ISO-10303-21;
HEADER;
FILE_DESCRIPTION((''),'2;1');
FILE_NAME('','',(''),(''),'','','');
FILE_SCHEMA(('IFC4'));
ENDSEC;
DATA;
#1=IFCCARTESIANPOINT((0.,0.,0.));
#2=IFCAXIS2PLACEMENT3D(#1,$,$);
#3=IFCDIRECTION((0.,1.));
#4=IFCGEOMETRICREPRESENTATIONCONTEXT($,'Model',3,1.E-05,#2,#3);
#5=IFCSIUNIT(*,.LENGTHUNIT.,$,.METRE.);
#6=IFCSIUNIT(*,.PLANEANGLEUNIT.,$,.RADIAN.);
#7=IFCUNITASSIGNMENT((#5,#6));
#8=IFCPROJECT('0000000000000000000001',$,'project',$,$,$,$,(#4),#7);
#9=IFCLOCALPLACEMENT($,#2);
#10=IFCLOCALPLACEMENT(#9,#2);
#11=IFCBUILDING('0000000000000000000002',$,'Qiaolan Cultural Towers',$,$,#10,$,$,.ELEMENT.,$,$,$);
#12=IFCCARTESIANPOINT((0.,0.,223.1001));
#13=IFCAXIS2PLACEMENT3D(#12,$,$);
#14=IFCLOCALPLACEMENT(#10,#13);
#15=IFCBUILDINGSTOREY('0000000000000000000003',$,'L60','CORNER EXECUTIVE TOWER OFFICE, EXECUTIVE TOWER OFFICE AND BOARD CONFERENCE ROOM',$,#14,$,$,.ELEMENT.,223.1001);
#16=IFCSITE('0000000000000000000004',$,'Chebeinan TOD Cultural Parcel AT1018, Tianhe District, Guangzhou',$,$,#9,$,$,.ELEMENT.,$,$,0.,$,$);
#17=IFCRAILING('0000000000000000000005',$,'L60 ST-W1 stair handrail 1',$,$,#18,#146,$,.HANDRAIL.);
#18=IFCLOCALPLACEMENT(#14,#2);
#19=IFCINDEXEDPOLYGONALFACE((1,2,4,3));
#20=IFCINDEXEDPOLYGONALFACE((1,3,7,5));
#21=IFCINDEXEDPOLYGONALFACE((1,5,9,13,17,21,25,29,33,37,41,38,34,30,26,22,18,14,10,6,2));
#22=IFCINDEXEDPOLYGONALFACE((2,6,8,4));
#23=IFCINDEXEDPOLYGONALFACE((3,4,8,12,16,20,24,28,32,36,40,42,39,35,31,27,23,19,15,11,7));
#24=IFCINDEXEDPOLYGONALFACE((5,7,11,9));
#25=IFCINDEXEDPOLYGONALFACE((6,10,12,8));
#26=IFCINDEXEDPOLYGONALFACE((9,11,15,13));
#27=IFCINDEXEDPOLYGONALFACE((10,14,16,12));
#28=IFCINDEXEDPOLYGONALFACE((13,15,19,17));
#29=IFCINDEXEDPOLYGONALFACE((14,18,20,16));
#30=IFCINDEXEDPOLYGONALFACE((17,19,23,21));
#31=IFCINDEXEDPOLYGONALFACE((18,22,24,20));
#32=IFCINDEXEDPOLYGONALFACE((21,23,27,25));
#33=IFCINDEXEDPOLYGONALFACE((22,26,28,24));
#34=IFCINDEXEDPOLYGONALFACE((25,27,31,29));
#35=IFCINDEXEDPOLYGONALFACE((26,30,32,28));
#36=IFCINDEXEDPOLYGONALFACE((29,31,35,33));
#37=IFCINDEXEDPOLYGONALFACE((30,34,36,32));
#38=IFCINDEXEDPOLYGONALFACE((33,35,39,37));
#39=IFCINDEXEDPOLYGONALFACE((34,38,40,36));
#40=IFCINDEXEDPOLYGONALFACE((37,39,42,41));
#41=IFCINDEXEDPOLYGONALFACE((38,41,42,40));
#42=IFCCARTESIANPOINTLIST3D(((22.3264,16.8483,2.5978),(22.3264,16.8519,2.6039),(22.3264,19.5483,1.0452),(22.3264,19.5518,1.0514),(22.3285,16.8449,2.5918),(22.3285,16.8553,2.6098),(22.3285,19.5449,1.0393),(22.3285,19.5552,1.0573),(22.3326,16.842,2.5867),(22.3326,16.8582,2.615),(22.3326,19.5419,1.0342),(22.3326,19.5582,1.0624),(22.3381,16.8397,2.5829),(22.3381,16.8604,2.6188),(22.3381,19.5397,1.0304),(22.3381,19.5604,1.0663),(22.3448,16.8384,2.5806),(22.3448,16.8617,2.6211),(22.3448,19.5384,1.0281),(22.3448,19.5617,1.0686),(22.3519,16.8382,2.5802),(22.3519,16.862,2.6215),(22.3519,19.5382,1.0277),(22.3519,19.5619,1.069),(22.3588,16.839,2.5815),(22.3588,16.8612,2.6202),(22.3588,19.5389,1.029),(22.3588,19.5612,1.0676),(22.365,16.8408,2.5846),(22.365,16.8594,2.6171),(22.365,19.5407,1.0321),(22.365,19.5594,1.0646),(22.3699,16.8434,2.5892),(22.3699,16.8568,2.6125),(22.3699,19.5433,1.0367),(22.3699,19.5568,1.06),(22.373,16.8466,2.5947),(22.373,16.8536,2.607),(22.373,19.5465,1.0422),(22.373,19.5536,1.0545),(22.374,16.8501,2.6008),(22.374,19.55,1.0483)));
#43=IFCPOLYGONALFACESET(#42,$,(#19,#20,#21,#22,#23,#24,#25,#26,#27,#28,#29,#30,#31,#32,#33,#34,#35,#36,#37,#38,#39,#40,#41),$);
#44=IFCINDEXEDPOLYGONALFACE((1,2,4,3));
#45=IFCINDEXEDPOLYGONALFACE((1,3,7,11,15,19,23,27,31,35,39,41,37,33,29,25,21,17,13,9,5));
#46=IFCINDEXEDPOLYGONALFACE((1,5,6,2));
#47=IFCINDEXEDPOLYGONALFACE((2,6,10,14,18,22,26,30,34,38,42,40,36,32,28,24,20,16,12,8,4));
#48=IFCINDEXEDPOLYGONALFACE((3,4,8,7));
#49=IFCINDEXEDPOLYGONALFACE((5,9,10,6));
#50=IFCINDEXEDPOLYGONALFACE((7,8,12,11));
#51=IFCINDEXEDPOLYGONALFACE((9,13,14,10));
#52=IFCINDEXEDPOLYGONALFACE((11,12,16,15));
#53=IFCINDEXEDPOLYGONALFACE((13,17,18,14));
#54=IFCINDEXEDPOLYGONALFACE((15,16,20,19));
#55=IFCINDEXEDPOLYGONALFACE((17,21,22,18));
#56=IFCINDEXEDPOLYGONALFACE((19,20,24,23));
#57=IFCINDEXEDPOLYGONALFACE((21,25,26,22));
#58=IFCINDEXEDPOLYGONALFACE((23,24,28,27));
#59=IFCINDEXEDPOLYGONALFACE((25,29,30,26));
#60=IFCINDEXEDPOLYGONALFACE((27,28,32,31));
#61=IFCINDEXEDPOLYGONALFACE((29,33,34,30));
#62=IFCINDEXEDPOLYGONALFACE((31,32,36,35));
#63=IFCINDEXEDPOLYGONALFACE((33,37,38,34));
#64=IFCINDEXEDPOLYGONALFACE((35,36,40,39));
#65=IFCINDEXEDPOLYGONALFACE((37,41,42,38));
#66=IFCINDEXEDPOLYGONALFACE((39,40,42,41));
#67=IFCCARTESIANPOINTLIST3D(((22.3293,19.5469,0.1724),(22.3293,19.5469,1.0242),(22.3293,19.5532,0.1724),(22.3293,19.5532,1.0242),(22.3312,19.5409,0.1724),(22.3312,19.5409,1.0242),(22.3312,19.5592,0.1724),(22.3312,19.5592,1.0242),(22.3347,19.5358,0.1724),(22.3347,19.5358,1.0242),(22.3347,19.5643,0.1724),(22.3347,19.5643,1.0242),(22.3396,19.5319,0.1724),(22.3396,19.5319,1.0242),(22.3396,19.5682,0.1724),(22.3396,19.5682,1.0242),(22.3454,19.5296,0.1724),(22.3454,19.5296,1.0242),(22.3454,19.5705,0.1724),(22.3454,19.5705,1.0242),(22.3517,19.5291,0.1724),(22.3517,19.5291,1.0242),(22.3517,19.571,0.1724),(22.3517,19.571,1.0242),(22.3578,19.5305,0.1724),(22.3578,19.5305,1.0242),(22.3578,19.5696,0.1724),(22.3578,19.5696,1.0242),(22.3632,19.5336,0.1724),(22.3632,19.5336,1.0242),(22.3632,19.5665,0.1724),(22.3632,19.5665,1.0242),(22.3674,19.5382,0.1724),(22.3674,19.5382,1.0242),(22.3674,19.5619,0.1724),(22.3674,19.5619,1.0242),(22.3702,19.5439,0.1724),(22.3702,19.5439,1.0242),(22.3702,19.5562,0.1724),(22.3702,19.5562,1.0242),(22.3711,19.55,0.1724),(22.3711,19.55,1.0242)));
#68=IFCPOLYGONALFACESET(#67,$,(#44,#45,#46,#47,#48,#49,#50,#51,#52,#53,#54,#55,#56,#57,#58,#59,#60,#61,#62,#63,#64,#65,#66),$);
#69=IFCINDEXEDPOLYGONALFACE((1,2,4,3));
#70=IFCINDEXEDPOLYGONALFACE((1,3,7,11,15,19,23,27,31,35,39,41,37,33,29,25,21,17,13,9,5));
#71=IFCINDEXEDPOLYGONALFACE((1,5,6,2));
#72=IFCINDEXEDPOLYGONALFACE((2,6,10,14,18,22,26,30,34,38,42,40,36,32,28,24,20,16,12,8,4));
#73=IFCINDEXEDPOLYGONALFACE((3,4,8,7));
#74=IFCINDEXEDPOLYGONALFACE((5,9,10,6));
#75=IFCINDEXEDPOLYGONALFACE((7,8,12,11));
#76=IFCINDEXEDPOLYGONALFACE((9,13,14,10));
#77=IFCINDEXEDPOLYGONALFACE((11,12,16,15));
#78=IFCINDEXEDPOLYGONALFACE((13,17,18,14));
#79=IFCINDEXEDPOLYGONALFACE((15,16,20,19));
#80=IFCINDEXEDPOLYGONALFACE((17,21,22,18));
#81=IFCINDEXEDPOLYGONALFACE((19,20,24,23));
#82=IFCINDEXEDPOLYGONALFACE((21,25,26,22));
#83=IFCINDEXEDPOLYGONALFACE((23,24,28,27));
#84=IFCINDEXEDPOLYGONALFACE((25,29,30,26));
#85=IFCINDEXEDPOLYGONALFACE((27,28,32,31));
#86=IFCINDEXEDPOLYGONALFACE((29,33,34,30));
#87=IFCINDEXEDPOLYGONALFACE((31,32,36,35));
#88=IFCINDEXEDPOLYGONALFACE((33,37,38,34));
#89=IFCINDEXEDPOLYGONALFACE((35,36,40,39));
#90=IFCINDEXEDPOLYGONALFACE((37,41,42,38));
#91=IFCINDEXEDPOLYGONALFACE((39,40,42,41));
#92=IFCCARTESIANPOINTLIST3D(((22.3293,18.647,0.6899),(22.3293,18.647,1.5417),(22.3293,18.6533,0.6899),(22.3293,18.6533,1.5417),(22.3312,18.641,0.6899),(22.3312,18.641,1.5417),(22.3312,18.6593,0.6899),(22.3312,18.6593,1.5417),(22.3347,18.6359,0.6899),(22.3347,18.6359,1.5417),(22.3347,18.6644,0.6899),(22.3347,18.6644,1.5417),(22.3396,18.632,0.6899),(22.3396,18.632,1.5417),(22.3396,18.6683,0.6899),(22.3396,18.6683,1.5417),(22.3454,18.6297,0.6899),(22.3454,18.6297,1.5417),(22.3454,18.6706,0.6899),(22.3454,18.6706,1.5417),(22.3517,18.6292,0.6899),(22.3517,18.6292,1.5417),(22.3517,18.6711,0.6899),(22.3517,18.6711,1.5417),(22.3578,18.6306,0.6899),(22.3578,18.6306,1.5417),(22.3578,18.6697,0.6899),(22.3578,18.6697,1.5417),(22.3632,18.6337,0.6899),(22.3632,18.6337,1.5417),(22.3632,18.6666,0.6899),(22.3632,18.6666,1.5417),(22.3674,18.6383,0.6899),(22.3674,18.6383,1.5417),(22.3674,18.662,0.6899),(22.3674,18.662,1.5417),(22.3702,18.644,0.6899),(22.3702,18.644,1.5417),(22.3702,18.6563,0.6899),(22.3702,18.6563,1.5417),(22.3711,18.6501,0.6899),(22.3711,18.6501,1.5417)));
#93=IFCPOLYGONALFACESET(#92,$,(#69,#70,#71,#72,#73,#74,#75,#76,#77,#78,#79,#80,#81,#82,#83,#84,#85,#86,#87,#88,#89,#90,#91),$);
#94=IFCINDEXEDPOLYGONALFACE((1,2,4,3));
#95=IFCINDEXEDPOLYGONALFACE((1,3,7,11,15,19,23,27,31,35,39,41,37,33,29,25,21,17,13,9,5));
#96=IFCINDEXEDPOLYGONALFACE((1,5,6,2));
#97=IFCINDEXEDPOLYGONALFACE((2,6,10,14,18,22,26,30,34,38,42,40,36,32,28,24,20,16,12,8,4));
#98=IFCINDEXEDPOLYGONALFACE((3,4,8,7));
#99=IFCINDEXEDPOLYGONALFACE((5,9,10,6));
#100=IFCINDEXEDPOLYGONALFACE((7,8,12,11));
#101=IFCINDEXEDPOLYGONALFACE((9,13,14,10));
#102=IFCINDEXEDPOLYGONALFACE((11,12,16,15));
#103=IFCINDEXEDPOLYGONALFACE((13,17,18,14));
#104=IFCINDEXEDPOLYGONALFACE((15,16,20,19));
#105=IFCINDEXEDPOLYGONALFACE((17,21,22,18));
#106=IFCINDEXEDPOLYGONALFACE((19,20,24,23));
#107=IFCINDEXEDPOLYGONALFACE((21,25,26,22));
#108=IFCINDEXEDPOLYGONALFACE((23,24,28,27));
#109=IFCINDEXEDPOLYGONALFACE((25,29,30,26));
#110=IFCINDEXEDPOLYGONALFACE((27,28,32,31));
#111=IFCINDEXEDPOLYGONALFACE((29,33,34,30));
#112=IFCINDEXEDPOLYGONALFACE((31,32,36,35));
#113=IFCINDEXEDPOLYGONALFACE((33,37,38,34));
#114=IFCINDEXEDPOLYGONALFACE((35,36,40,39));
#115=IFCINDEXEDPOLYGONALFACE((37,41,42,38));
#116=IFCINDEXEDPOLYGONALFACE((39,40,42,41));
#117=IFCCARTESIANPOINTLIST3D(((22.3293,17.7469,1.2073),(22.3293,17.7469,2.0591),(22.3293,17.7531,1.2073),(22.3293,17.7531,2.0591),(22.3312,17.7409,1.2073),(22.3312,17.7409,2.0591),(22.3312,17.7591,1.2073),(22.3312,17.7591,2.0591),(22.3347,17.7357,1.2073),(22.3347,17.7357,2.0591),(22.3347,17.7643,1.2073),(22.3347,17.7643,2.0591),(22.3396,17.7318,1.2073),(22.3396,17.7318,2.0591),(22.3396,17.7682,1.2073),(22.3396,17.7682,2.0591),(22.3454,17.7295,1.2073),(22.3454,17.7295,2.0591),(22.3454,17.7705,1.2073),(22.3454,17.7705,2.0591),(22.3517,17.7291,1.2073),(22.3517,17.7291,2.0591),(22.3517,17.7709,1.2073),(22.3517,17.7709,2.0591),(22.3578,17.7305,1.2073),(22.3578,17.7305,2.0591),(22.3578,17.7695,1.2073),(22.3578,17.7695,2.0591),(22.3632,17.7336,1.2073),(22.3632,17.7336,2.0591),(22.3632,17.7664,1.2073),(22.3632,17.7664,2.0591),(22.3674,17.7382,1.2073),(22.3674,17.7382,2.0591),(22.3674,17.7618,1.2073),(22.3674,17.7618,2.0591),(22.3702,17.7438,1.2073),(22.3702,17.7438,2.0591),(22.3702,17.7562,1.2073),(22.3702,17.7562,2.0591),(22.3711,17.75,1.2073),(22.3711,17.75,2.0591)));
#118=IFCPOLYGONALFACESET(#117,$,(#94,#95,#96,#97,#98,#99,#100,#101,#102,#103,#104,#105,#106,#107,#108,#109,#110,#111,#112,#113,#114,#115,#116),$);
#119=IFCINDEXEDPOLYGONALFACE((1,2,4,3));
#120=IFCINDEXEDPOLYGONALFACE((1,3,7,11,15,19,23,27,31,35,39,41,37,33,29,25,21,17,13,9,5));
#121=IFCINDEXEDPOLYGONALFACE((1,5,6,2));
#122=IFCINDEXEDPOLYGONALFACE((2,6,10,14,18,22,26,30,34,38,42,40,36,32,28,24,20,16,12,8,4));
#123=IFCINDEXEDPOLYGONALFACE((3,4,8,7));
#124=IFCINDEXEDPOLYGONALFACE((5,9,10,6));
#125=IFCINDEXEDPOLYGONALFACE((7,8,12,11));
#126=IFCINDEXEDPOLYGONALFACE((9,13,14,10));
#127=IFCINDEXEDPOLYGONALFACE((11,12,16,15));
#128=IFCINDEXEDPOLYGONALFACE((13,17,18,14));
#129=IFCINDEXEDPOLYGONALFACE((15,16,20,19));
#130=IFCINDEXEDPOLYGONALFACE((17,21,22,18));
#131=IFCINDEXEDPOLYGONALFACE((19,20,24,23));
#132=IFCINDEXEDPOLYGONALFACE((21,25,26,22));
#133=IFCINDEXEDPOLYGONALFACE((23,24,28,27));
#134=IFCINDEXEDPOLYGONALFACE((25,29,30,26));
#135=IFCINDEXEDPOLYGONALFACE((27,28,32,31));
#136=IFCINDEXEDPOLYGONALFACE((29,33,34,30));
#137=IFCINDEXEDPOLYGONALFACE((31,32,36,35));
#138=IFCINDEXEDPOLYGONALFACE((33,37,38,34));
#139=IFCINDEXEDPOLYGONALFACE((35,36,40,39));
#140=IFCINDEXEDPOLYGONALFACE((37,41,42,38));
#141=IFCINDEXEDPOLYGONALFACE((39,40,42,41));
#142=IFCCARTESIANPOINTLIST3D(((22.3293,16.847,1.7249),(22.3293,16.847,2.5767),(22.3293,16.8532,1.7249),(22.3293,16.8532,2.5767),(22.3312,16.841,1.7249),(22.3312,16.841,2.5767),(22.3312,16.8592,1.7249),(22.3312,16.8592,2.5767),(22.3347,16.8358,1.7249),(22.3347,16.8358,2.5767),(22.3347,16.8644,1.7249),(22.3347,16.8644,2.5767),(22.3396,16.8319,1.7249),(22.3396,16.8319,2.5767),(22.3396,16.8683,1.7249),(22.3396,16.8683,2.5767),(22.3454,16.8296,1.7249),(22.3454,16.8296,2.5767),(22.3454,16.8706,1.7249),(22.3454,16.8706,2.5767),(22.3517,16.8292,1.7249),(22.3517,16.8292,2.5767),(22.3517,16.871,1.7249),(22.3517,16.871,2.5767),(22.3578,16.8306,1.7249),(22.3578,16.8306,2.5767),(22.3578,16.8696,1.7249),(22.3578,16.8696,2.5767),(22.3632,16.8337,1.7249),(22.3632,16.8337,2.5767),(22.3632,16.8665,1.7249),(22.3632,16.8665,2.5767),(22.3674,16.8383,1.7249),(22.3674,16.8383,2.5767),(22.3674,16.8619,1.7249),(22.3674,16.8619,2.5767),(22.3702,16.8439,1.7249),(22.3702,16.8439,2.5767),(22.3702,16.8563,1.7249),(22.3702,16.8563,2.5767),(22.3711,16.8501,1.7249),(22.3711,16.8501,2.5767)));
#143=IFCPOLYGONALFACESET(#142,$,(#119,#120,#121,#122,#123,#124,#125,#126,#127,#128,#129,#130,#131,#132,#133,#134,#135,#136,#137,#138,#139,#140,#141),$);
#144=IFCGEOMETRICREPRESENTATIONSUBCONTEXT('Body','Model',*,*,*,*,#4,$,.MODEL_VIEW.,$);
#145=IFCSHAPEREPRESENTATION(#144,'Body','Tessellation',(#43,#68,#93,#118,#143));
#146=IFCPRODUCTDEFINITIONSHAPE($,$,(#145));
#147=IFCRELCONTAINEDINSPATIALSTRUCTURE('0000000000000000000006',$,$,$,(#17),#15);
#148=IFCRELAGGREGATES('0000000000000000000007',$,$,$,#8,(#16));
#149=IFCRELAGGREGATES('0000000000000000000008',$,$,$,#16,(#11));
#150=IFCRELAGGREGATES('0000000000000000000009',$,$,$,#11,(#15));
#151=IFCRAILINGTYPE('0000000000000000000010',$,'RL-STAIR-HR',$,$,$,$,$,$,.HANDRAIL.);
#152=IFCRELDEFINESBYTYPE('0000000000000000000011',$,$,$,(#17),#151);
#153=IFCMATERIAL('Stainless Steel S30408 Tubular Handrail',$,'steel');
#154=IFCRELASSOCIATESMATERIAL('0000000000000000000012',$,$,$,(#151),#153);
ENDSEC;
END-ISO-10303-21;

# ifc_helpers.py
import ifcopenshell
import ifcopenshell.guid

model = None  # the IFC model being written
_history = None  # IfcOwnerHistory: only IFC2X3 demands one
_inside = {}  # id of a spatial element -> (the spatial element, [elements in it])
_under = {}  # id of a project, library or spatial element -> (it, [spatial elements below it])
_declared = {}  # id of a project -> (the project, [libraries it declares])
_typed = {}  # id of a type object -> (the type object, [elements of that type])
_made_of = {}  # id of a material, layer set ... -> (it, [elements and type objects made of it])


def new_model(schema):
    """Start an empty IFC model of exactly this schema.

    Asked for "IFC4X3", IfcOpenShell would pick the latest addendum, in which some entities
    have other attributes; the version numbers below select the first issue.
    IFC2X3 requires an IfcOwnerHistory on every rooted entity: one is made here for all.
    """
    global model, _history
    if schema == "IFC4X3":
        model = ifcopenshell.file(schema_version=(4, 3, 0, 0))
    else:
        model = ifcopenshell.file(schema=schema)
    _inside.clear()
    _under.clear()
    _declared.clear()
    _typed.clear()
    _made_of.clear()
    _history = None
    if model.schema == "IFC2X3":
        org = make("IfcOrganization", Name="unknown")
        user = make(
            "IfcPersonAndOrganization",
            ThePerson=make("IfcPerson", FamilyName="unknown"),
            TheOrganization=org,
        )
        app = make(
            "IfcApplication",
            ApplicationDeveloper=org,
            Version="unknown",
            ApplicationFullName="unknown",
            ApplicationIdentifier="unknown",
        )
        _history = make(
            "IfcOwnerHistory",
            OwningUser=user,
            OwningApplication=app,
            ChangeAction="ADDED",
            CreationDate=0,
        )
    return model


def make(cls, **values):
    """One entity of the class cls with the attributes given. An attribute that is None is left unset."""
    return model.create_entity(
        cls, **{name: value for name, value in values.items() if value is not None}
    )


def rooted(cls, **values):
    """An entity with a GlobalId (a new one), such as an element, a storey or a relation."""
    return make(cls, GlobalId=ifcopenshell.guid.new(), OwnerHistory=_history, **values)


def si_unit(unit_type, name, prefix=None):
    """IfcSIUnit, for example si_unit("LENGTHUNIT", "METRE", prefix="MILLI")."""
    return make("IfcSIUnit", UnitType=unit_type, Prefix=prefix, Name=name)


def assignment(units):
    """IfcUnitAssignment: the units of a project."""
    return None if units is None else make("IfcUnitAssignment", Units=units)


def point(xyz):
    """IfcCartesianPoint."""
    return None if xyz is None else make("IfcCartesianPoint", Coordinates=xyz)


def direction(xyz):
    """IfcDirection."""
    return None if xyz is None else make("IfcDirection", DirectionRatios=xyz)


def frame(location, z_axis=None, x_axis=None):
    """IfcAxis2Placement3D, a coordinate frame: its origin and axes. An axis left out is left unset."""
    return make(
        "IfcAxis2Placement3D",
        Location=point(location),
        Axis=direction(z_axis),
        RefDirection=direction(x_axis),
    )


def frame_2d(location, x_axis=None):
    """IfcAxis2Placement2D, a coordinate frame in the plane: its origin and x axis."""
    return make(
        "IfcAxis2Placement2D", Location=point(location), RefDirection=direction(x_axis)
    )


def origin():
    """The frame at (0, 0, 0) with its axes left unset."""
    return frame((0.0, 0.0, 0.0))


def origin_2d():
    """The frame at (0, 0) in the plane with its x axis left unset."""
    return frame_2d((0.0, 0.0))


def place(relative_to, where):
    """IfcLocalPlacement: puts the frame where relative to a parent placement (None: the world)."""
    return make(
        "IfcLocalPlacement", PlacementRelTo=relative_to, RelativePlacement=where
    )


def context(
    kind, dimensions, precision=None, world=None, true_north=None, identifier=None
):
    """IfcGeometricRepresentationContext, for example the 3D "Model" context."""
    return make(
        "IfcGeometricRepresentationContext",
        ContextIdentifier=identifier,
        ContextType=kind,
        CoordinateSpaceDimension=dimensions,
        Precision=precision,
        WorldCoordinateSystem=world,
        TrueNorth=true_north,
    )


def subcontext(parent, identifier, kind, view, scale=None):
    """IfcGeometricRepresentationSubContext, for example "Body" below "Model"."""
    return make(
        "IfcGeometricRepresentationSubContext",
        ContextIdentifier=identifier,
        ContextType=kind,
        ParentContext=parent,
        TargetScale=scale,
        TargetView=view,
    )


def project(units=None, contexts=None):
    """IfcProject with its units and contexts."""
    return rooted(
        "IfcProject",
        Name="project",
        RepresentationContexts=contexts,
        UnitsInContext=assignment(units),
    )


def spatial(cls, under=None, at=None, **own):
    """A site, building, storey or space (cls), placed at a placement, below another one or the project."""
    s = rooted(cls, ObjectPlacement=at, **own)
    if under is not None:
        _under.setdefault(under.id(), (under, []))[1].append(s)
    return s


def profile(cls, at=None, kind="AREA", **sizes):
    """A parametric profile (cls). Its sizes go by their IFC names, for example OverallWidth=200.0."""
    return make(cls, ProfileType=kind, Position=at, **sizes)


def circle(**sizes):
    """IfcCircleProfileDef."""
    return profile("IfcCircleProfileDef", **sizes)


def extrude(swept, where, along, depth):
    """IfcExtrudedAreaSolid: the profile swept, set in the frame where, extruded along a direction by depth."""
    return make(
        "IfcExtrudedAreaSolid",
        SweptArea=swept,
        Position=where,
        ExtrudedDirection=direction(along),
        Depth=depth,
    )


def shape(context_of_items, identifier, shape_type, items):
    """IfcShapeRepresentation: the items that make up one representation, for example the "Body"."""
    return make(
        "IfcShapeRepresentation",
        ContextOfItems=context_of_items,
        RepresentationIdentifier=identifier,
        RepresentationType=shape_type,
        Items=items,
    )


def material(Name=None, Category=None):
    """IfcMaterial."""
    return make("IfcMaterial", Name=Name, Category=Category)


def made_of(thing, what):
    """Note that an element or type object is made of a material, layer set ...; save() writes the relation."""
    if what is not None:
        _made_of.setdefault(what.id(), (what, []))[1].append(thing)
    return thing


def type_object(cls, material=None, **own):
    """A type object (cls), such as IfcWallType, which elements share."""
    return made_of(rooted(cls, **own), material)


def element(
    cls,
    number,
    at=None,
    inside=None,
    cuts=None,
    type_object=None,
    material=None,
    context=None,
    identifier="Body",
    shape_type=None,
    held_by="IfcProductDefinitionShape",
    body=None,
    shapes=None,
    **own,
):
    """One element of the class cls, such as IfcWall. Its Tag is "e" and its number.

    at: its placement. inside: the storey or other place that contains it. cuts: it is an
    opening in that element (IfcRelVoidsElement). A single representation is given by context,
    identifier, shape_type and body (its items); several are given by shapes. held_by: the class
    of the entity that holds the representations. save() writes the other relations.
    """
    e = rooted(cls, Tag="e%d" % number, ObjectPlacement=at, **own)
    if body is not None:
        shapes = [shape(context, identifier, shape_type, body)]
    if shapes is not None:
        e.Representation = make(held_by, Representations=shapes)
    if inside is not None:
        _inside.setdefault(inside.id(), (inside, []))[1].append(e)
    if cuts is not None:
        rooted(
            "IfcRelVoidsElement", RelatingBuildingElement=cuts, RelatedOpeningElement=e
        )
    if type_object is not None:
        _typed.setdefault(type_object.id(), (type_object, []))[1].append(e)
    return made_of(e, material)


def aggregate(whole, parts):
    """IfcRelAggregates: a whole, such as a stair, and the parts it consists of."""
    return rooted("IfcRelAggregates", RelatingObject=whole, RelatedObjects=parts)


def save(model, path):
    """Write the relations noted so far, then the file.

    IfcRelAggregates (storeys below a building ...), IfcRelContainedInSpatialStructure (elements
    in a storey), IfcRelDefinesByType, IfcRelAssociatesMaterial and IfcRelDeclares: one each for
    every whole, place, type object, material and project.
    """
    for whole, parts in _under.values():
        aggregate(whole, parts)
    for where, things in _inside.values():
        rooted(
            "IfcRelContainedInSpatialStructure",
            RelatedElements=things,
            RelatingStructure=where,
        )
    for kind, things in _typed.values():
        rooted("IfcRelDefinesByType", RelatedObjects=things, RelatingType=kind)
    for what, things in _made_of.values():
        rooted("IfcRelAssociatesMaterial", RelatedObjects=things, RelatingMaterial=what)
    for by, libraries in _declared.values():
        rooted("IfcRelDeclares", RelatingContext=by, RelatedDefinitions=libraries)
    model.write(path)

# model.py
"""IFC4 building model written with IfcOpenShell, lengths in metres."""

from ifc_helpers import new_model, si_unit, direction, frame, origin, origin_2d, place, context, subcontext, project, spatial, circle, extrude, material, type_object, element, save


model = new_model("IFC4")

# Units and contexts
model_context = context("Model", 3, precision=1e-05, world=origin(), true_north=direction((0.0, 1.0)))
body_context = subcontext(model_context, "Body", "Model", "MODEL_VIEW")
ifc_project = project(units=[si_unit("LENGTHUNIT", "METRE"), si_unit("PLANEANGLEUNIT", "RADIAN")], contexts=[model_context])

# Site, building, storey
site_placement = place(None, origin())
site = spatial("IfcSite", under=ifc_project, at=site_placement, Name="Chebeinan TOD Cultural Parcel AT1018, Tianhe District, Guangzhou", CompositionType="ELEMENT", RefElevation=0.0)
building_placement = place(site_placement, origin())
building = spatial("IfcBuilding", under=site, at=building_placement, Name="Qiaolan Cultural Towers", CompositionType="ELEMENT")
storey_placement = place(building_placement, frame((0.0, 0.0, 223.1001)))
storey = spatial("IfcBuildingStorey", under=building, at=storey_placement, Name="L60", Description="CORNER EXECUTIVE TOWER OFFICE, EXECUTIVE TOWER OFFICE AND BOARD CONFERENCE ROOM", CompositionType="ELEMENT", Elevation=223.1001)

# Railing
ifc_material_1 = material(Name="Stainless Steel S30408 Tubular Handrail", Category="steel")
railing_type = type_object("IfcRailingType", Name="RL-STAIR-HR", PredefinedType="HANDRAIL", material=ifc_material_1)
railing_placement = place(storey_placement, frame((22.3501, 19.55, 0.1724)))
element("IfcRailing", 1, at=railing_placement, inside=storey, type_object=railing_type, Name="L60 ST-W1 stair handrail 1", PredefinedType="HANDRAIL", context=body_context, shape_type="SweptSolid", body=[
    extrude(circle(Radius=0.0239, at=origin_2d()), frame((0.0, 0.0, 0.876), z_axis=(0.0, -0.866904, 0.498476), x_axis=(1.0, 0.0, 0.0)), (0.0, 0.0, 1.0), 3.1145),
    extrude(circle(Radius=0.021, at=origin_2d()), origin(), (0.0, 0.0, 1.0), 0.8518),
    extrude(circle(Radius=0.021, at=origin_2d()), frame((0.0, -0.8999, 0.5176)), (0.0, 0.0, 1.0), 0.8518),
    extrude(circle(Radius=0.021, at=origin_2d()), frame((0.0, -1.8, 1.0349)), (0.0, 0.0, 1.0), 0.8518),
    extrude(circle(Radius=0.021, at=origin_2d()), frame((0.0, -2.7, 1.5525)), (0.0, 0.0, 1.0), 0.8518),
])

save(model, "model.ifc")
